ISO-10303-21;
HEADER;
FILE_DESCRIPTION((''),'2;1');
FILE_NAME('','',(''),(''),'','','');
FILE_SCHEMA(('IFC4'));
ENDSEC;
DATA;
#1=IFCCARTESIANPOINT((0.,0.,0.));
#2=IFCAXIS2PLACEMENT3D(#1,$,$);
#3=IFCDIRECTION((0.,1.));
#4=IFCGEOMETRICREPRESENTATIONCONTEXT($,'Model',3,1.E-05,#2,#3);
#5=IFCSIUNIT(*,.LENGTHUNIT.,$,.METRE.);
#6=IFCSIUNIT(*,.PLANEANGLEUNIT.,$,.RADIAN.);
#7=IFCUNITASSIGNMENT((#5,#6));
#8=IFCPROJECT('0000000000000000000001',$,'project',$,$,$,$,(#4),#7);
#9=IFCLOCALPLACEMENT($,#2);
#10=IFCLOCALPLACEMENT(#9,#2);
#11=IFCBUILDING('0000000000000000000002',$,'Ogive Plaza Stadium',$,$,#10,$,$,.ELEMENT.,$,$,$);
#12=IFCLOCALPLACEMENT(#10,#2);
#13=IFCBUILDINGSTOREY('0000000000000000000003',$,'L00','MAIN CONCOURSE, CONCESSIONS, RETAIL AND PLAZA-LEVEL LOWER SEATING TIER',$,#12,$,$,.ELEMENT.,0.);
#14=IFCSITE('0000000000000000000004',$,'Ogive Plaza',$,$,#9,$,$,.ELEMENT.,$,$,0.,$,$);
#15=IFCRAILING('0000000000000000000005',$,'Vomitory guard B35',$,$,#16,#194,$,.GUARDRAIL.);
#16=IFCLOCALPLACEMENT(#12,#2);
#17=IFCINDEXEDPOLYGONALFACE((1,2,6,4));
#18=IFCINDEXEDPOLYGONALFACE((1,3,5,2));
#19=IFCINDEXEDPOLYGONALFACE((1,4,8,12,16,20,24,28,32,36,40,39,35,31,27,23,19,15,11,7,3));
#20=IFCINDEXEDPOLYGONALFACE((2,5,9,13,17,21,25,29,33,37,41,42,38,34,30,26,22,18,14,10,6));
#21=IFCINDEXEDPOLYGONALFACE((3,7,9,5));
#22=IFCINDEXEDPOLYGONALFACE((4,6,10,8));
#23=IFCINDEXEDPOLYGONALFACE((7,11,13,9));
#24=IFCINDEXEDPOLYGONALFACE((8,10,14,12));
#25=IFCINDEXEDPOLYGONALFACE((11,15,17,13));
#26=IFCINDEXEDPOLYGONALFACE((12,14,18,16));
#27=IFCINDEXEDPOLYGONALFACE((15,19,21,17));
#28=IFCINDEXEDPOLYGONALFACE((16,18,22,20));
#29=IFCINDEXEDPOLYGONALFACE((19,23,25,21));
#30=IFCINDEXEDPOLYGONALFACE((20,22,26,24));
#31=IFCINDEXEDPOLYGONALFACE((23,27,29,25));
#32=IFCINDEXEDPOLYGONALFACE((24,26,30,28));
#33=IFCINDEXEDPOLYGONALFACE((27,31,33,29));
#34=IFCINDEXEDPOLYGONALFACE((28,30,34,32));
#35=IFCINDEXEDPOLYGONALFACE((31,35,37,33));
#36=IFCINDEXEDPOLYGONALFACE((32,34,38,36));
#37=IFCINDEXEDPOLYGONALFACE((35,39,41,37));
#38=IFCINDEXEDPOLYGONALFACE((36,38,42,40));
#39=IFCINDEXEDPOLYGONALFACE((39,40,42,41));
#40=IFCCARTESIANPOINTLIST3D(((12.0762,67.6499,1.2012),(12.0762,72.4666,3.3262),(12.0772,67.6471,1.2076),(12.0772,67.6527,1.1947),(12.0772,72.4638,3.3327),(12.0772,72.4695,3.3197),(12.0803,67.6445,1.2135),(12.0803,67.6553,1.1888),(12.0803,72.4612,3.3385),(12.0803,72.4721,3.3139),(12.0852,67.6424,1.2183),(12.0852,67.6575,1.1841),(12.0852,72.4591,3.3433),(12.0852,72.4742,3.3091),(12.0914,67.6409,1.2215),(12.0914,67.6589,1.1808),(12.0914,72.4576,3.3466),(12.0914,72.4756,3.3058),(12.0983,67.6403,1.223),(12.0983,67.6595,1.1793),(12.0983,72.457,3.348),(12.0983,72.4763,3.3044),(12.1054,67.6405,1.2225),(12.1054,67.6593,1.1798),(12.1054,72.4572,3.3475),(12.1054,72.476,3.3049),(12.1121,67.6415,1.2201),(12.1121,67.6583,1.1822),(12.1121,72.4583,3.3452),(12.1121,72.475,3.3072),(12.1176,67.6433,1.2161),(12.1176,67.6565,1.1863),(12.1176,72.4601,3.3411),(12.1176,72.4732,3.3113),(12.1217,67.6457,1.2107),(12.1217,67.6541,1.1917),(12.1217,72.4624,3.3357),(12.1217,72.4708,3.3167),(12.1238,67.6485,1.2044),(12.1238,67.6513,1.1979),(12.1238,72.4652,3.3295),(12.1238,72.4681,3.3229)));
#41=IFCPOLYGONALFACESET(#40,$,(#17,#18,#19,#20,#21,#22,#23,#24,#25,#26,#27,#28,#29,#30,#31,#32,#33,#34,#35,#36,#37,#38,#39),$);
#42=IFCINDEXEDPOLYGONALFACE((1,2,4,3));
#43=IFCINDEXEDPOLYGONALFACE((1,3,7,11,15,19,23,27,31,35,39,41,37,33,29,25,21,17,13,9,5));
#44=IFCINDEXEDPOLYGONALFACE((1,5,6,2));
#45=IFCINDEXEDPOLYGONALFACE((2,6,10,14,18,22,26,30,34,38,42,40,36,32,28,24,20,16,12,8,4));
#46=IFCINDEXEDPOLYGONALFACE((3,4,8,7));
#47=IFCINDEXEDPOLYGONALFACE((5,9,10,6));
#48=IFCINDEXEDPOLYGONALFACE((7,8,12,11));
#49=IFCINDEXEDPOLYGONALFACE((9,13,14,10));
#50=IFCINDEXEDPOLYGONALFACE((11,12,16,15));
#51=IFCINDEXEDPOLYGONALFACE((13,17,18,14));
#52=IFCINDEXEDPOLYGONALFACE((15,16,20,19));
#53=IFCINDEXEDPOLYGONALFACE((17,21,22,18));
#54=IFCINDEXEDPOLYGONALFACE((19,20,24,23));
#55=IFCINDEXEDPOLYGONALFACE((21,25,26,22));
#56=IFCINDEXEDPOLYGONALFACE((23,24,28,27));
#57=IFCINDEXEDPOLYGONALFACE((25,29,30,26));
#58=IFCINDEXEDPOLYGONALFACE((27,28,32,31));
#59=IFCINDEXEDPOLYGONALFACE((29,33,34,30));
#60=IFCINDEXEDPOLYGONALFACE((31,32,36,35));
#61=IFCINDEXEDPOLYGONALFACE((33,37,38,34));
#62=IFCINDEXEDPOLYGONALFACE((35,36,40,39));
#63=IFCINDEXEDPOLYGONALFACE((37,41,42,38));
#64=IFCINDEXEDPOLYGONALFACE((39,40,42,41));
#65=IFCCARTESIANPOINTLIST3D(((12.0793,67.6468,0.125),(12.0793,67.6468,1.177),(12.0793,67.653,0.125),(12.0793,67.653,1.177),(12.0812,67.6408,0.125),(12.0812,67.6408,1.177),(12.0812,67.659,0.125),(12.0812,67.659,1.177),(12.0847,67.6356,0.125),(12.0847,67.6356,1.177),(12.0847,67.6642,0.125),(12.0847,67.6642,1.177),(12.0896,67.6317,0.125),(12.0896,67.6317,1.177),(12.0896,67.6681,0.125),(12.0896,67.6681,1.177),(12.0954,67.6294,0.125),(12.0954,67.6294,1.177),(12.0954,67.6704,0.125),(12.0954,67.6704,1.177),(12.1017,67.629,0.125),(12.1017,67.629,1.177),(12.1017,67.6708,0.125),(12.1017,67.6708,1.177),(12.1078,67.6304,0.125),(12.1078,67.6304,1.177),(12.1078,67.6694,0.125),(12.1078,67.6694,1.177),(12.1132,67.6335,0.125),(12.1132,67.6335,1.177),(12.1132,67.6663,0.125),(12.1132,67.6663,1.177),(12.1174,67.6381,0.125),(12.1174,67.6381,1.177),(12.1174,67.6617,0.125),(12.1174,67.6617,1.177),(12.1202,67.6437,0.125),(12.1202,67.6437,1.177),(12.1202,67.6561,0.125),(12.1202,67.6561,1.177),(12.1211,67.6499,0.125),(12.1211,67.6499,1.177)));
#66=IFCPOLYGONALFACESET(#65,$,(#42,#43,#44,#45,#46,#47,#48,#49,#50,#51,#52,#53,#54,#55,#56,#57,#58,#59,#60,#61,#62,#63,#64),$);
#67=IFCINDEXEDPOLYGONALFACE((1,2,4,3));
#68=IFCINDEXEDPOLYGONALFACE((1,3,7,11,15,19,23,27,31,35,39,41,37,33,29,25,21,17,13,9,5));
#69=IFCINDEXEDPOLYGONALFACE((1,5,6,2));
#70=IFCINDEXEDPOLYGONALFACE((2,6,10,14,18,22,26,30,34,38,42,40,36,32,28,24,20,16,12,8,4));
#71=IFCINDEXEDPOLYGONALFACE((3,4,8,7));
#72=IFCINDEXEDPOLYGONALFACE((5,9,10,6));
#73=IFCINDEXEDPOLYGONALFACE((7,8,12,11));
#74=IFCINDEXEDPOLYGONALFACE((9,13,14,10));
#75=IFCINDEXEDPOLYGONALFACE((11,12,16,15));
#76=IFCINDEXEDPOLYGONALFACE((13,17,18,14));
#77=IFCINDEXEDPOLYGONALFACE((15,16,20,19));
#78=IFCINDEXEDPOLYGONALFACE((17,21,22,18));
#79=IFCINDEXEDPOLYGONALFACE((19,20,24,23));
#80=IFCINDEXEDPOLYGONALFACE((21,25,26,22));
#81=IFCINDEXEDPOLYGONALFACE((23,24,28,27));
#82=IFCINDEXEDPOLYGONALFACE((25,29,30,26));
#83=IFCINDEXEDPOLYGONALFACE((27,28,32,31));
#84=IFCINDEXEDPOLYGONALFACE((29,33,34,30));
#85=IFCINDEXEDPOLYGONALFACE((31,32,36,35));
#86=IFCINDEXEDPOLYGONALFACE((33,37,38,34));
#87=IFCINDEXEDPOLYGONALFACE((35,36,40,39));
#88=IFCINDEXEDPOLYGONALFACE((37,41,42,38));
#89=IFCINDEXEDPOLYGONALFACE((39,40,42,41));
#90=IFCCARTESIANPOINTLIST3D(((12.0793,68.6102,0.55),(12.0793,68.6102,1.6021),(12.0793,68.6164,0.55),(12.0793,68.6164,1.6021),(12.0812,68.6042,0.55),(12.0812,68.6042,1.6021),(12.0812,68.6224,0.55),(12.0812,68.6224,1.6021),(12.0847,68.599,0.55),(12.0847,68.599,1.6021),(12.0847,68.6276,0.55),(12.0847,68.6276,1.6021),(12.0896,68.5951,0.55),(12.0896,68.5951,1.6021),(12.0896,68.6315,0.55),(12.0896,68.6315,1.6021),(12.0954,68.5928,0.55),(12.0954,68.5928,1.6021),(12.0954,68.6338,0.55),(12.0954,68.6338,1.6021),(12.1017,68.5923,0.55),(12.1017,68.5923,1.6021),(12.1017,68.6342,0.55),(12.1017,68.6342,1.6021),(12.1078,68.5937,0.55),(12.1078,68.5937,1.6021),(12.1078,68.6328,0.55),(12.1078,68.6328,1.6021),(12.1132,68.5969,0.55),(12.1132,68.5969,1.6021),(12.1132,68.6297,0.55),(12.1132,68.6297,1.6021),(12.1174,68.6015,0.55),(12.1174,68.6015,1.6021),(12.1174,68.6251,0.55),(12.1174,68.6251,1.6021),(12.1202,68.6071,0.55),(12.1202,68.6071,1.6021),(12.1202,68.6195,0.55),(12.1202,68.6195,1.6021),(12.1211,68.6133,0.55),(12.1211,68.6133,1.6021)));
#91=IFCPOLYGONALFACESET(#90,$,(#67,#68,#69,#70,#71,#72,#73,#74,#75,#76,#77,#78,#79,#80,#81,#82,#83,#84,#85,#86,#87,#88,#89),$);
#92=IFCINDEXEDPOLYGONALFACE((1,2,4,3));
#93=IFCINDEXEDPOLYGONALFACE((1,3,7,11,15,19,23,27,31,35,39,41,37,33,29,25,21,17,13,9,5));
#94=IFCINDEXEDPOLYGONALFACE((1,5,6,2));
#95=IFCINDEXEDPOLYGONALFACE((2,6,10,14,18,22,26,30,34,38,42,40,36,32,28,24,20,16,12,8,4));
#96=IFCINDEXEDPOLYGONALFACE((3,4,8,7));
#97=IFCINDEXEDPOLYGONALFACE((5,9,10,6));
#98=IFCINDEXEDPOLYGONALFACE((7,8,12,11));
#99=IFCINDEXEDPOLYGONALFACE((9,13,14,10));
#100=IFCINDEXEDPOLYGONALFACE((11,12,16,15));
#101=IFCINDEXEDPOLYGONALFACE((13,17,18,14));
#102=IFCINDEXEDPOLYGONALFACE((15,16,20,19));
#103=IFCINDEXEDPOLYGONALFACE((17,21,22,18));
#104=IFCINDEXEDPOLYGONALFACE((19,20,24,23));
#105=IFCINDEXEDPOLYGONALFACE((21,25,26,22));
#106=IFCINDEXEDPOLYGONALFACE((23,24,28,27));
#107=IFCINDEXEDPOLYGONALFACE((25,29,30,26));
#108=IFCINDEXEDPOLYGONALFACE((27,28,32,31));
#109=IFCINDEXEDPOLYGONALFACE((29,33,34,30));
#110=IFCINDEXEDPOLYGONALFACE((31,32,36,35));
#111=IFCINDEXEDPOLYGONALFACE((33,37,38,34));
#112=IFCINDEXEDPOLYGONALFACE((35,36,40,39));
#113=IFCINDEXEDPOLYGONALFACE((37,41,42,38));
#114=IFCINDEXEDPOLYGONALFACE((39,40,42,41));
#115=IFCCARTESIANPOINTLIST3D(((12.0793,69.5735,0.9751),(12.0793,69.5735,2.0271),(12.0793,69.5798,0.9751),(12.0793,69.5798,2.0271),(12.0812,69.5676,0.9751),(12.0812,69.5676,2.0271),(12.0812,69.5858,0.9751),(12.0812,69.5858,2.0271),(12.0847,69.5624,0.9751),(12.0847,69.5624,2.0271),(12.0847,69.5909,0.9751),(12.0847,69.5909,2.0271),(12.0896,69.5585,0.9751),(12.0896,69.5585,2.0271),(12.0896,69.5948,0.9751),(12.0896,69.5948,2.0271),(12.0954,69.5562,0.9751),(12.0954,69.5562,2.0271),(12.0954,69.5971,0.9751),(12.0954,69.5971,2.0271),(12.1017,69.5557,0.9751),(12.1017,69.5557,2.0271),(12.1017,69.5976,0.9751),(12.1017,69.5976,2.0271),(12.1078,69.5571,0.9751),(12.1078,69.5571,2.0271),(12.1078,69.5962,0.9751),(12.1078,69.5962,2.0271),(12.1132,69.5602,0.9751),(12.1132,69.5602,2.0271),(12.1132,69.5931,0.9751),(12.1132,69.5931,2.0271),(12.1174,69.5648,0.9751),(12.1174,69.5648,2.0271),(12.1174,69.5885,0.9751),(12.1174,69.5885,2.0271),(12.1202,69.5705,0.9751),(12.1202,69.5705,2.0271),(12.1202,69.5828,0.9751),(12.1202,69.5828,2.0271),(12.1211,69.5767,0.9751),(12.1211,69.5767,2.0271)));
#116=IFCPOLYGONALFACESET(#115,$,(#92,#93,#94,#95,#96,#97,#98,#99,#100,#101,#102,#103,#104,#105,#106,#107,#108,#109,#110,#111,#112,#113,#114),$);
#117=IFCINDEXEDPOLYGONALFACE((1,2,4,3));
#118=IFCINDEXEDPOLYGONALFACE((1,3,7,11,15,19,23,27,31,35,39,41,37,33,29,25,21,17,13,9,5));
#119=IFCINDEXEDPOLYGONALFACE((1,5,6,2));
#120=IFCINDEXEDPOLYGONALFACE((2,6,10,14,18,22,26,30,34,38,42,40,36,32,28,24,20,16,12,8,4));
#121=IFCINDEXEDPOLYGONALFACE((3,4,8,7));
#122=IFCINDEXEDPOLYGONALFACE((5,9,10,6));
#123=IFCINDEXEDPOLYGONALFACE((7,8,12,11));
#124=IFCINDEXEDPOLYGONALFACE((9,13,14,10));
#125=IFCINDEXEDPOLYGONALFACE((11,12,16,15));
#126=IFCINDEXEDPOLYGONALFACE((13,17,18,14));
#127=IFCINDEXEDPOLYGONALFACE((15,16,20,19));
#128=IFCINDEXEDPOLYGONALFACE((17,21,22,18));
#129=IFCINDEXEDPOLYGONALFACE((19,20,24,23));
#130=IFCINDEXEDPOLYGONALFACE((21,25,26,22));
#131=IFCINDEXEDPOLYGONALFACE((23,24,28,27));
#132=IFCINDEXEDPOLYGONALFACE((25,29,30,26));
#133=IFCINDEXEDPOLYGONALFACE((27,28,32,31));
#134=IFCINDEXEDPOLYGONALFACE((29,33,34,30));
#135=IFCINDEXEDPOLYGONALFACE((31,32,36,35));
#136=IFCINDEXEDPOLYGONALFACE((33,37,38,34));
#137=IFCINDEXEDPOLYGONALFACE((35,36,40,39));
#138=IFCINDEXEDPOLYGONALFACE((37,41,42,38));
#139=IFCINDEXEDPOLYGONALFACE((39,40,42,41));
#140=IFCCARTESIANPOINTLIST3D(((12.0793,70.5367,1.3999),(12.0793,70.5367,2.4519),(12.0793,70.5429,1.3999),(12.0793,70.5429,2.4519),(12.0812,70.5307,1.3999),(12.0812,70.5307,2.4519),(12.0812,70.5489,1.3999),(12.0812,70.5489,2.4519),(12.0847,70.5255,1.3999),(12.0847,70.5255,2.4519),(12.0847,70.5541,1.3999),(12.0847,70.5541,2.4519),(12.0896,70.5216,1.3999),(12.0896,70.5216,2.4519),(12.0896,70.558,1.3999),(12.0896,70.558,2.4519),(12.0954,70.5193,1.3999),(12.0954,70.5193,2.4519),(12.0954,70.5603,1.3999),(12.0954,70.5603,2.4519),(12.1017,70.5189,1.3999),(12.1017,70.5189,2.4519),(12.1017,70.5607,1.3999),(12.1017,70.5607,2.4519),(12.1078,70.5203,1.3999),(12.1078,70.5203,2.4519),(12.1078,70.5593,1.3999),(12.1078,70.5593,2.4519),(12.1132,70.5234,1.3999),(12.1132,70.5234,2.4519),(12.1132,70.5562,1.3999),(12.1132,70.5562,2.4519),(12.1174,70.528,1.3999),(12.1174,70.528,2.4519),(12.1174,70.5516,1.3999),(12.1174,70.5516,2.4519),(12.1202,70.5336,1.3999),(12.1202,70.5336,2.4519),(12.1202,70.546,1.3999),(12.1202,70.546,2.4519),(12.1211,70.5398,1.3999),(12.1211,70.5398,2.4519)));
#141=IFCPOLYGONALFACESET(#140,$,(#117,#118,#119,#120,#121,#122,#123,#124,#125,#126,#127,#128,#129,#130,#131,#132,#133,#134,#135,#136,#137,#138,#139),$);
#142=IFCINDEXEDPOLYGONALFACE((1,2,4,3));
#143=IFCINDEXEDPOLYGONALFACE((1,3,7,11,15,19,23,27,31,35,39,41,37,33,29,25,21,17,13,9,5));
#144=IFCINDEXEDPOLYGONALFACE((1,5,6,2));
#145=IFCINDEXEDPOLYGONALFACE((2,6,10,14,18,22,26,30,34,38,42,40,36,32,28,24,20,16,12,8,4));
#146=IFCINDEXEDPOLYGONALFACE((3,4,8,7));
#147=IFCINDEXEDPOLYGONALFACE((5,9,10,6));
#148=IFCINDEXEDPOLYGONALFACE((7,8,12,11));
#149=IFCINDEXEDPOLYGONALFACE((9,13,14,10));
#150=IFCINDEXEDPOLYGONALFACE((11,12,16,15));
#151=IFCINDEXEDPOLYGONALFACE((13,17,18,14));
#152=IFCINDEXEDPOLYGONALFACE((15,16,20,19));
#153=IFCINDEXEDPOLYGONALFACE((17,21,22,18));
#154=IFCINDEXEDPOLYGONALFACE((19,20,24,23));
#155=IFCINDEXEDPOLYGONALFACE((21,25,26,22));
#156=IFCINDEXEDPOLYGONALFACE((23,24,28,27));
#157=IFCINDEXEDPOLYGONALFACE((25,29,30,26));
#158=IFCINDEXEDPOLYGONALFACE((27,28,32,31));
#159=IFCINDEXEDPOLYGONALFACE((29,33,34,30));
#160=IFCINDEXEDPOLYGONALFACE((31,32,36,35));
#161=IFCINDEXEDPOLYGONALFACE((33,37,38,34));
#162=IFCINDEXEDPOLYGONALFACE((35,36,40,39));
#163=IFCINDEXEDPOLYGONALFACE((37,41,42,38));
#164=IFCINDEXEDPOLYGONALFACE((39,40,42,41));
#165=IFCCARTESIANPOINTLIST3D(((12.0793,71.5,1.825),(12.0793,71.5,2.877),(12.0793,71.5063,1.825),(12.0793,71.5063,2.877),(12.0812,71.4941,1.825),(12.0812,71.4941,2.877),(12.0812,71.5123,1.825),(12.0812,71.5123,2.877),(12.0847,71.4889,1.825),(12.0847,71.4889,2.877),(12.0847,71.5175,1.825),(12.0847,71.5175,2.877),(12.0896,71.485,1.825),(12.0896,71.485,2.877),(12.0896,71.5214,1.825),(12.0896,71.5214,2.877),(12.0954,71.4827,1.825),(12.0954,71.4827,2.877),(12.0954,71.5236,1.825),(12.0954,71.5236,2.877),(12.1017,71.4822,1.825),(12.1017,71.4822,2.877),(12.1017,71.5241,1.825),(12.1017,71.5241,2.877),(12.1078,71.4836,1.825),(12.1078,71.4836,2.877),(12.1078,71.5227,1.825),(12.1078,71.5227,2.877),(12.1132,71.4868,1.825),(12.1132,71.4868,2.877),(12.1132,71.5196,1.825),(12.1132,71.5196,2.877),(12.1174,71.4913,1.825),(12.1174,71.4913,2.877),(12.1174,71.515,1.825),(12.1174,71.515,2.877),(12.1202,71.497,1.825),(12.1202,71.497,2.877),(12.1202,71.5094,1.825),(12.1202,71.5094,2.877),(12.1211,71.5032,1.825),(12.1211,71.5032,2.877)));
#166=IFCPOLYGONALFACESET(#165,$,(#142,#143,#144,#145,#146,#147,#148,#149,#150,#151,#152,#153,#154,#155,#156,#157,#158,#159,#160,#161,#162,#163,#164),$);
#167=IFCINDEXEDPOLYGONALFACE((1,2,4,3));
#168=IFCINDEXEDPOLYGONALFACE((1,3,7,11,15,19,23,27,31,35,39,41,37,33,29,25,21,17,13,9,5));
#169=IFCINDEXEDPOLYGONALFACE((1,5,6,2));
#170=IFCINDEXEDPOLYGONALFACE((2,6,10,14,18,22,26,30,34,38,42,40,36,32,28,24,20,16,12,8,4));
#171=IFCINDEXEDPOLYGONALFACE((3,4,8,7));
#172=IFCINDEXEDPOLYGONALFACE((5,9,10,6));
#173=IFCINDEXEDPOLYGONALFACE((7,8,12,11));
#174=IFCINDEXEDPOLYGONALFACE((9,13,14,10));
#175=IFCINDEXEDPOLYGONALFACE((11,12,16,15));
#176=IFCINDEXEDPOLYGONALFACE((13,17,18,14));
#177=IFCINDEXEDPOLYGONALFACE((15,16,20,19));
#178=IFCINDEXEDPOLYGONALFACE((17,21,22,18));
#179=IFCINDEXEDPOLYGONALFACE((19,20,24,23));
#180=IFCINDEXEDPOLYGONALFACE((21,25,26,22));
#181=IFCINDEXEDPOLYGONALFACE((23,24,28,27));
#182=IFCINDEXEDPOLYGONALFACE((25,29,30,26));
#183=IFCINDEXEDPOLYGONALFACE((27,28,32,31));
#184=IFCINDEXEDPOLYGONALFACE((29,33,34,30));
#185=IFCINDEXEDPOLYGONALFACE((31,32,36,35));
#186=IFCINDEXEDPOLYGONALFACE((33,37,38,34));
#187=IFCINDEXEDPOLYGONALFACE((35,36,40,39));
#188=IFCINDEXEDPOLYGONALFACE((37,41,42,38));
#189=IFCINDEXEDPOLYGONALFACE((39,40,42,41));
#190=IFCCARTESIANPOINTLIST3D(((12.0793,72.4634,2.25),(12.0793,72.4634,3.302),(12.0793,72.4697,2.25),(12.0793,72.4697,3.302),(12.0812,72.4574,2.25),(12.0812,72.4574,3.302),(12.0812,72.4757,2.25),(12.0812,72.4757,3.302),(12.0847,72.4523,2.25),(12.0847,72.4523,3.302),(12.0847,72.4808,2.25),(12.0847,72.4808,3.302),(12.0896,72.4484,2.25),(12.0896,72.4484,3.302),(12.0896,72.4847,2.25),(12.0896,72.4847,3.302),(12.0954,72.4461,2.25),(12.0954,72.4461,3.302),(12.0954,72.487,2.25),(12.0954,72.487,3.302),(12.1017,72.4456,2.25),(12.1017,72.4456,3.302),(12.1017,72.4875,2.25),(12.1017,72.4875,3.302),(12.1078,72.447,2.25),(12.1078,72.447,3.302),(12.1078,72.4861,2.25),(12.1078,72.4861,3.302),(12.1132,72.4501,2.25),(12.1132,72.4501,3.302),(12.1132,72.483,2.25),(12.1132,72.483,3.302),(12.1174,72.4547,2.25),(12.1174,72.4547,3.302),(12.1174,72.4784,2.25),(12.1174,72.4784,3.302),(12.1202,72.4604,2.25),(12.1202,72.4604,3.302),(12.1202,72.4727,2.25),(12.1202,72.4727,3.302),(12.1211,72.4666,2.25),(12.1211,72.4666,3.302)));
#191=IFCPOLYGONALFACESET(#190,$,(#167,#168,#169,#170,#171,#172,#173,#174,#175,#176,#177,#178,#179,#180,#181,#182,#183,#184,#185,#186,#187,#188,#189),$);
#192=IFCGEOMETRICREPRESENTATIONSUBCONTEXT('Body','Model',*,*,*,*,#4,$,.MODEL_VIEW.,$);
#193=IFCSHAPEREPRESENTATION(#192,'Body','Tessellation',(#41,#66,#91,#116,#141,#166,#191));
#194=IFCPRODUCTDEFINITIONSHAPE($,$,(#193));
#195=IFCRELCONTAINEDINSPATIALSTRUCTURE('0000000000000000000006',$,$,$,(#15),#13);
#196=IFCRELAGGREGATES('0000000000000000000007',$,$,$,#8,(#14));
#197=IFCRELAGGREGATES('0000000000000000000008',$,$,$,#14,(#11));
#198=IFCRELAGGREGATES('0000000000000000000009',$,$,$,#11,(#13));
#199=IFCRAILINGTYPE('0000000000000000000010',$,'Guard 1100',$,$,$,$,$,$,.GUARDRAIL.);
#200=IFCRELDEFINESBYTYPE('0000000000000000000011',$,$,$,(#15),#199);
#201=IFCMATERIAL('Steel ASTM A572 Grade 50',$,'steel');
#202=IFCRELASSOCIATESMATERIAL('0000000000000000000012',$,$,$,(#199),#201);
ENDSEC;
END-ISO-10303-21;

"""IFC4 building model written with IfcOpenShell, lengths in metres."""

from ifc_helpers import new_model, si_unit, direction, frame, origin, origin_2d, place, context, subcontext, project, spatial, circle, extrude, material, type_object, element, save


model = new_model("IFC4")

# Units and contexts
model_context = context("Model", 3, precision=1e-05, world=origin(), true_north=direction((0.0, 1.0)))
body_context = subcontext(model_context, "Body", "Model", "MODEL_VIEW")
ifc_project = project(units=[si_unit("LENGTHUNIT", "METRE"), si_unit("PLANEANGLEUNIT", "RADIAN")], contexts=[model_context])

# Site, building, storey
site_placement = place(None, origin())
site = spatial("IfcSite", under=ifc_project, at=site_placement, Name="Ogive Plaza", CompositionType="ELEMENT", RefElevation=0.0)
building_placement = place(site_placement, origin())
building = spatial("IfcBuilding", under=site, at=building_placement, Name="Ogive Plaza Stadium", CompositionType="ELEMENT")
storey_placement = place(building_placement, origin())
storey = spatial("IfcBuildingStorey", under=building, at=storey_placement, Name="L00", Description="MAIN CONCOURSE, CONCESSIONS, RETAIL AND PLAZA-LEVEL LOWER SEATING TIER", CompositionType="ELEMENT", Elevation=0.0)

# Railing
ifc_material_1 = material(Name="Steel ASTM A572 Grade 50", Category="steel")
railing_type = type_object("IfcRailingType", Name="Guard 1100", PredefinedType="GUARDRAIL", material=ifc_material_1)
for number, where, name in (
    (1, (12.1001, 67.6499, 0.125), "Vomitory guard B35"),
):
    element("IfcRailing", number, at=place(storey_placement, frame(where)), inside=storey, type_object=railing_type, Name=name, PredefinedType="GUARDRAIL", context=body_context, shape_type="SweptSolid", body=[
        extrude(circle(Radius=0.0239, at=origin_2d()), frame((0.0, 0.0, 1.0762), z_axis=(0.0, 0.914917, 0.403641), x_axis=(-1.0, 0.0, 0.0)), (0.0, 0.0, 1.0), 5.2646),
        extrude(circle(Radius=0.021, at=origin_2d()), origin(), (0.0, 0.0, 1.0), 1.052),
        extrude(circle(Radius=0.021, at=origin_2d()), frame((0.0, 0.9634, 0.425)), (0.0, 0.0, 1.0), 1.052),
        extrude(circle(Radius=0.021, at=origin_2d()), frame((0.0, 1.9268, 0.8501)), (0.0, 0.0, 1.0), 1.052),
        extrude(circle(Radius=0.021, at=origin_2d()), frame((0.0, 2.8899, 1.2749)), (0.0, 0.0, 1.0), 1.052),
        extrude(circle(Radius=0.021, at=origin_2d()), frame((0.0, 3.8533, 1.7)), (0.0, 0.0, 1.0), 1.052),
        extrude(circle(Radius=0.021, at=origin_2d()), frame((0.0, 4.8167, 2.125)), (0.0, 0.0, 1.0), 1.052),
    ])

save(model, "model.ifc")
